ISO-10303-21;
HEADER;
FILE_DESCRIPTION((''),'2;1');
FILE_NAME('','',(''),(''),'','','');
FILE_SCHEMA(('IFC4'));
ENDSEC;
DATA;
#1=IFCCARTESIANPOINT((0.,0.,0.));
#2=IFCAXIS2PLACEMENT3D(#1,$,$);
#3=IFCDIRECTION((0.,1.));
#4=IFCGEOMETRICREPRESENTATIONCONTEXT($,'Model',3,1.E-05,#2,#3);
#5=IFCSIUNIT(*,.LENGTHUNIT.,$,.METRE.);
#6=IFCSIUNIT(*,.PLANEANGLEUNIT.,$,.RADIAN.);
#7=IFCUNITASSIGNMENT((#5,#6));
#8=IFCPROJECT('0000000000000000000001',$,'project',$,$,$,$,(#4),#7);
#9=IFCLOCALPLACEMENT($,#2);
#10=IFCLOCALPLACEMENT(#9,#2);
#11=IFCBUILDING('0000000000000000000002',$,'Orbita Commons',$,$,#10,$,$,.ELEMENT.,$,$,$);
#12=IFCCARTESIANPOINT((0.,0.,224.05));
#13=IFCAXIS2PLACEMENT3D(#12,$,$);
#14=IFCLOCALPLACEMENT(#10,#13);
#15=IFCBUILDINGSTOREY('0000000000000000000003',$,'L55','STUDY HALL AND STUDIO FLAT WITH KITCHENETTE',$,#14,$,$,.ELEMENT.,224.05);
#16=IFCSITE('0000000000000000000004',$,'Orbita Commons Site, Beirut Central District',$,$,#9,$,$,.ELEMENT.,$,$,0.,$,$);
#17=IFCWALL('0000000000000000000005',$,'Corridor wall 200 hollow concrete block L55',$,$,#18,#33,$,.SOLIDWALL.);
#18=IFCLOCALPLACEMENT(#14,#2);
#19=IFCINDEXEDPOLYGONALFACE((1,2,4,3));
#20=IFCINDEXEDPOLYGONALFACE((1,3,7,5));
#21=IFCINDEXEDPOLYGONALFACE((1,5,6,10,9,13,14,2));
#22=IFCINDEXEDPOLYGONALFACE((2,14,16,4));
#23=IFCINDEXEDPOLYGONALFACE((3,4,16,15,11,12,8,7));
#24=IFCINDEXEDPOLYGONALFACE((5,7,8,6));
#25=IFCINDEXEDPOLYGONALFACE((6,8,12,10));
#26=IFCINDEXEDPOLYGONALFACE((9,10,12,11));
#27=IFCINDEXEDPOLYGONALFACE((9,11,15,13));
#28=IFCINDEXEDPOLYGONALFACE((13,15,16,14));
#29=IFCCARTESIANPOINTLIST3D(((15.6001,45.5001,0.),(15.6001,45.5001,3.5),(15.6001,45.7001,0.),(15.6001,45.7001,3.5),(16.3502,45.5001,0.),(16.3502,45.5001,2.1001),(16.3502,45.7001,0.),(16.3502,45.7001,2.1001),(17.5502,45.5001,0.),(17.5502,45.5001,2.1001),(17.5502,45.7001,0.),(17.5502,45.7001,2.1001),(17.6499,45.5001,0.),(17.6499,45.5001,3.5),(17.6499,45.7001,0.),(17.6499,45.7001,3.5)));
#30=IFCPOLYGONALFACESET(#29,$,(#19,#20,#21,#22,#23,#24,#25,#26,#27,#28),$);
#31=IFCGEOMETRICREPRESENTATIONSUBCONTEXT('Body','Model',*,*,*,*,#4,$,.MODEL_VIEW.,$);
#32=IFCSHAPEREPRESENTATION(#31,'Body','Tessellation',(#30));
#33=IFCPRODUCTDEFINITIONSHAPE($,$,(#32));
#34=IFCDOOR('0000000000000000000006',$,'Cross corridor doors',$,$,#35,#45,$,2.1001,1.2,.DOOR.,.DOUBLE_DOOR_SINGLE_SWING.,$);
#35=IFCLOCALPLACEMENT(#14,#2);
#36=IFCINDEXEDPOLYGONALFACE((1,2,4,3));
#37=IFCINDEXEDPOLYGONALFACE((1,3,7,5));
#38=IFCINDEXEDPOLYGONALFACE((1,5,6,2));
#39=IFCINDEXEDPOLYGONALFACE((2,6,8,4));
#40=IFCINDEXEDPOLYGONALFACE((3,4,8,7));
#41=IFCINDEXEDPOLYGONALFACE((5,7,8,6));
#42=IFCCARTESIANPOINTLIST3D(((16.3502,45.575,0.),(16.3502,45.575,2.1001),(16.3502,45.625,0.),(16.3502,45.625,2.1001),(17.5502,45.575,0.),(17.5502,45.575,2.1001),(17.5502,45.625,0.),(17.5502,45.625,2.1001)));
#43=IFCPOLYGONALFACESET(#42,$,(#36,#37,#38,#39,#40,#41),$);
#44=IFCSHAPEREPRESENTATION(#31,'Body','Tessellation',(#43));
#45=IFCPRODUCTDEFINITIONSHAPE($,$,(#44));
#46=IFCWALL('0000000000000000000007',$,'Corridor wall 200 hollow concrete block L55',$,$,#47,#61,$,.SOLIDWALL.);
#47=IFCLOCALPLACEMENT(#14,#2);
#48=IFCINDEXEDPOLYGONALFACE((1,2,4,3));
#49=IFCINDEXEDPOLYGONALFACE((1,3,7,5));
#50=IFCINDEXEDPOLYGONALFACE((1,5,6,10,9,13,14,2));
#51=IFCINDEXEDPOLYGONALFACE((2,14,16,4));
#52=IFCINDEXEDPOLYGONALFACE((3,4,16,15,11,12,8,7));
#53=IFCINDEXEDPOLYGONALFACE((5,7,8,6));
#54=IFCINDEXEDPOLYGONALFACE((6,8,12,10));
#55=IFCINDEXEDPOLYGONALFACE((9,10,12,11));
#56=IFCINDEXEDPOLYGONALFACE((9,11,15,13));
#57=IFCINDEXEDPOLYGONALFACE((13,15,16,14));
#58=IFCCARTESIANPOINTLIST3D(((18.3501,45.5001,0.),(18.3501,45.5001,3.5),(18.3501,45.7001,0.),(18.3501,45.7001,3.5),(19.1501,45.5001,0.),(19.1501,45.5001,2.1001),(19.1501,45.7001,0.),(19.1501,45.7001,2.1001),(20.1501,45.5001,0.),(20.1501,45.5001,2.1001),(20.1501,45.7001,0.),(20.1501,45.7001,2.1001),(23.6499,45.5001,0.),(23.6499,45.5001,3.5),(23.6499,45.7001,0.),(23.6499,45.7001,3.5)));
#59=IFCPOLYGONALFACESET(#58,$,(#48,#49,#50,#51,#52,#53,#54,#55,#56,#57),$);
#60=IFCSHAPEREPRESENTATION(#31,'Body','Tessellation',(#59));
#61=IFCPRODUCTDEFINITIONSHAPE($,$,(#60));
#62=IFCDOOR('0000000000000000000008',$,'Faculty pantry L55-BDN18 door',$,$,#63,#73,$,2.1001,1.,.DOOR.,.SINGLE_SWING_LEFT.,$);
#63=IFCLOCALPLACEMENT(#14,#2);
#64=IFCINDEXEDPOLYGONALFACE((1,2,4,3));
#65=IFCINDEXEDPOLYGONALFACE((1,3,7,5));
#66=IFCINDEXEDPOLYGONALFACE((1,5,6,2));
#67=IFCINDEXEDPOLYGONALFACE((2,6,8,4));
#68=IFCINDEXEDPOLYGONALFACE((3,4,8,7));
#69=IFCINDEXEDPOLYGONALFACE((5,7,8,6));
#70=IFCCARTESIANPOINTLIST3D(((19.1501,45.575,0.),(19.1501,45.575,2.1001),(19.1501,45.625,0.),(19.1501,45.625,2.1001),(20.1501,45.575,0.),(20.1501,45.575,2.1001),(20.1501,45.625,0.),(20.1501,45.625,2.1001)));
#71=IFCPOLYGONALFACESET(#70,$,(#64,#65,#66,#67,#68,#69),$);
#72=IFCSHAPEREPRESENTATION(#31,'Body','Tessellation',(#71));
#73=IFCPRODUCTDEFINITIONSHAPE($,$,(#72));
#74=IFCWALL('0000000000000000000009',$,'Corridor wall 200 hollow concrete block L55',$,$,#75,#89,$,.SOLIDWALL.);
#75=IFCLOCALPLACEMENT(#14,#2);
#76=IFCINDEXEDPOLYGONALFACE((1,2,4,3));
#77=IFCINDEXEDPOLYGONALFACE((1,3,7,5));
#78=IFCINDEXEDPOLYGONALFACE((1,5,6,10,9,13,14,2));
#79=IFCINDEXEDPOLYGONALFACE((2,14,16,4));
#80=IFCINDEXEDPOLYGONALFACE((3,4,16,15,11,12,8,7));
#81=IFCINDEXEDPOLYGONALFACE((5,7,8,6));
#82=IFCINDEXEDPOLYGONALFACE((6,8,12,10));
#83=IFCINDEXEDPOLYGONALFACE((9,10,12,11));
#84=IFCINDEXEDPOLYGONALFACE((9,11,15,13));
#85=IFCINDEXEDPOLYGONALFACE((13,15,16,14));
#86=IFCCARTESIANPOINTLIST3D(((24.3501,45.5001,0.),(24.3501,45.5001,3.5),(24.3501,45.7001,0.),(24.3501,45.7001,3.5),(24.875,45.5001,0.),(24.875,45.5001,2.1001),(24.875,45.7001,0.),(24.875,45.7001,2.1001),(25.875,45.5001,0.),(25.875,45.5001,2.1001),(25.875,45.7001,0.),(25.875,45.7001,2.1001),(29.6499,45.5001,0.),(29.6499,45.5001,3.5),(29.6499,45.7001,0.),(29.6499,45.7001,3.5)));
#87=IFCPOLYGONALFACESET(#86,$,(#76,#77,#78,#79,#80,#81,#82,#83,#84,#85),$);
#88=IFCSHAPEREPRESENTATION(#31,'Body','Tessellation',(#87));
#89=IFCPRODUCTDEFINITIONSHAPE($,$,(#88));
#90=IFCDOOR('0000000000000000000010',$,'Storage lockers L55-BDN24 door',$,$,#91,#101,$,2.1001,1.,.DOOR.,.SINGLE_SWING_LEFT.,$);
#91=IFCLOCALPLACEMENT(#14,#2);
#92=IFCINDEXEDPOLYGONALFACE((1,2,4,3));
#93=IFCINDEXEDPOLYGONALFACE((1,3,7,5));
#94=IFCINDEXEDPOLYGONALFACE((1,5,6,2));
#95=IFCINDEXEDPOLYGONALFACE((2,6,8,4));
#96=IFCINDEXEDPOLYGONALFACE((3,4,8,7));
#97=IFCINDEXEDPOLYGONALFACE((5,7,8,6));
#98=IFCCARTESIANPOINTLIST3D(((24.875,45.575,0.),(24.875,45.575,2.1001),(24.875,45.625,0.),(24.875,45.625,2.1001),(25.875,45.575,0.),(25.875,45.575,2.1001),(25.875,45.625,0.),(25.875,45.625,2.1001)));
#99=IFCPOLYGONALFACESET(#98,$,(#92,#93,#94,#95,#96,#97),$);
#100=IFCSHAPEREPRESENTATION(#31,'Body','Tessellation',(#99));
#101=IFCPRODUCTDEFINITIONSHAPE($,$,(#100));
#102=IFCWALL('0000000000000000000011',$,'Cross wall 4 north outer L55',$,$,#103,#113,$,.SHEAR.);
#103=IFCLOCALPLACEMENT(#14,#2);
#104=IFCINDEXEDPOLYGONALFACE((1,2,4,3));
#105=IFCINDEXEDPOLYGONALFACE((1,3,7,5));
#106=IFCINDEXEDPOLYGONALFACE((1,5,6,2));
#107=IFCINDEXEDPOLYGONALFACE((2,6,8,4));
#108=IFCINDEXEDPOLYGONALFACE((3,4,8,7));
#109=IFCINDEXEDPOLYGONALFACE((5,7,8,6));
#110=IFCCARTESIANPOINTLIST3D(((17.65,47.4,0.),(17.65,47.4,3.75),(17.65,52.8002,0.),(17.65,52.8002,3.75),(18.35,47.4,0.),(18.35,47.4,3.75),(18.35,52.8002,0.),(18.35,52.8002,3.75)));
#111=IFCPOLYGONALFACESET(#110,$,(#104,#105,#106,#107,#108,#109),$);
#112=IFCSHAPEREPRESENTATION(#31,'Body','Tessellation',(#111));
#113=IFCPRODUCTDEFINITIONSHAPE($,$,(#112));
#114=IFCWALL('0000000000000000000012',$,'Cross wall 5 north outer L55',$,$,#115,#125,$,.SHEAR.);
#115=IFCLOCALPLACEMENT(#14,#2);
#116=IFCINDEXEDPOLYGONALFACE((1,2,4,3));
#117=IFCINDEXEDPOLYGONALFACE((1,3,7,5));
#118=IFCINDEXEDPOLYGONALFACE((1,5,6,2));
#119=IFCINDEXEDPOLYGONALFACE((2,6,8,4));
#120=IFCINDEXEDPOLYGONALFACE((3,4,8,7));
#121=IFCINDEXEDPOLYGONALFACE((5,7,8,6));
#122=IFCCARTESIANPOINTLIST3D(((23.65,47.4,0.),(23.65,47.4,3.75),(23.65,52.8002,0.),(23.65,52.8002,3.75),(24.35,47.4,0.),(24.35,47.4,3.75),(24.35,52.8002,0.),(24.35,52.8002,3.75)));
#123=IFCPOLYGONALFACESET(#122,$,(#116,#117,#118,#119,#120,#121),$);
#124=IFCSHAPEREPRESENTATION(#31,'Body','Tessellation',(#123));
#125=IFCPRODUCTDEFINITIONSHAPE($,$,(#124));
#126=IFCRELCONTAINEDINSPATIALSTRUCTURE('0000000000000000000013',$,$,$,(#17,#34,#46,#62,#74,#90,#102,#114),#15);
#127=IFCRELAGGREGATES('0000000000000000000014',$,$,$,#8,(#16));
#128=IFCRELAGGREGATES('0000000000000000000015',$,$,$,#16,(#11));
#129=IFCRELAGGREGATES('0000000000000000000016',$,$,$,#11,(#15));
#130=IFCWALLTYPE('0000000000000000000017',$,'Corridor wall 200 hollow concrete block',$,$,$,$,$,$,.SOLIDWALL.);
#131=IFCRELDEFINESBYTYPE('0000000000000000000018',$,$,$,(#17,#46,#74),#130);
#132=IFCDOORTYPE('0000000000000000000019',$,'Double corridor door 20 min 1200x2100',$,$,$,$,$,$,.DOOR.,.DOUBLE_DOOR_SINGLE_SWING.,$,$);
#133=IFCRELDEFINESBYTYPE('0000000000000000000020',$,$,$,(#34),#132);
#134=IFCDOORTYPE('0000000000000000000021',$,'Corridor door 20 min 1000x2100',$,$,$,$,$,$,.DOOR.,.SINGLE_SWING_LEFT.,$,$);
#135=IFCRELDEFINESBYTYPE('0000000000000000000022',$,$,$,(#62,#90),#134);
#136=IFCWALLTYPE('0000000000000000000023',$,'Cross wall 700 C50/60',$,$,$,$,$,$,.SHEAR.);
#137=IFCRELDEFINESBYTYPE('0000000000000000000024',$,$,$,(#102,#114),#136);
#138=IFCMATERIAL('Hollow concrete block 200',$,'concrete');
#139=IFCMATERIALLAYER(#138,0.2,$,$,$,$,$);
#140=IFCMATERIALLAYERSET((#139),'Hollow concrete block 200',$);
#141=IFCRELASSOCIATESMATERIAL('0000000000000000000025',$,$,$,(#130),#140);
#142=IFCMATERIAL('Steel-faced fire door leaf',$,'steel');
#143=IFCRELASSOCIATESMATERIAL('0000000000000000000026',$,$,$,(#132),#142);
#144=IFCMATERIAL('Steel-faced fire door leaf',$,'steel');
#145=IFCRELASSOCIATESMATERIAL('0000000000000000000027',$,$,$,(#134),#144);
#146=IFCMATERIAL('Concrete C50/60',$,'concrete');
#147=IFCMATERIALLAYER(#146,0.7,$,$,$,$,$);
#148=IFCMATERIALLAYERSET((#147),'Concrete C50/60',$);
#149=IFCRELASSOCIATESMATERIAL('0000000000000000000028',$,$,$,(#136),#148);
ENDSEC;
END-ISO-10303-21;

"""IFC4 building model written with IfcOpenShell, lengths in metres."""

from ifc_helpers import new_model, si_unit, direction, frame, frame_2d, origin, place, context, subcontext, project, spatial, rectangle, extrude, material, layer, layer_set, type_object, element, fill, save


model = new_model("IFC4")

# Units and contexts
model_context = context("Model", 3, precision=1e-05, world=origin(), true_north=direction((0.0, 1.0)))
body_context = subcontext(model_context, "Body", "Model", "MODEL_VIEW")
ifc_project = project(units=[si_unit("LENGTHUNIT", "METRE"), si_unit("PLANEANGLEUNIT", "RADIAN")], contexts=[model_context])

# Site, building, storey
site_placement = place(None, origin())
site = spatial("IfcSite", under=ifc_project, at=site_placement, Name="Orbita Commons Site, Beirut Central District", CompositionType="ELEMENT", RefElevation=0.0)
building_placement = place(site_placement, origin())
building = spatial("IfcBuilding", under=site, at=building_placement, Name="Orbita Commons", CompositionType="ELEMENT")
storey_placement = place(building_placement, frame((0.0, 0.0, 224.05)))
storey = spatial("IfcBuildingStorey", under=building, at=storey_placement, Name="L55", Description="STUDY HALL AND STUDIO FLAT WITH KITCHENETTE", CompositionType="ELEMENT", Elevation=224.05)

# Walls, openings, doors
ifc_material_1 = material(Name="Hollow concrete block 200", Category="concrete")
ifc_layer_1 = layer(ifc_material_1, 0.2)
ifc_layer_set_1 = layer_set([ifc_layer_1], Name="Hollow concrete block 200")
wall_type_1 = type_object("IfcWallType", Name="Corridor wall 200 hollow concrete block", PredefinedType="SOLIDWALL", material=ifc_layer_set_1)
wall_1_placement = place(storey_placement, frame((15.6001, 45.6001, 0.0), z_axis=(0.0, 0.0, 1.0), x_axis=(1.0, 0.0, 0.0)))
wall_1 = element("IfcWall", 1, at=wall_1_placement, inside=storey, type_object=wall_type_1, Name="Corridor wall 200 hollow concrete block L55", PredefinedType="SOLIDWALL", context=body_context, shape_type="SweptSolid", body=[
    extrude(rectangle(XDim=2.0498, YDim=0.2, at=frame_2d((1.0249, 0.0))), origin(), (0.0, 0.0, 1.0), 3.5),
])
opening_1_placement = place(wall_1_placement, frame((0.75, 0.0, 0.0)))
opening_1 = element("IfcOpeningElement", 2, at=opening_1_placement, cuts=wall_1, PredefinedType="OPENING", context=body_context, shape_type="SweptSolid", body=[
    extrude(rectangle(XDim=1.2, YDim=2.1001, at=frame_2d((0.6001, 1.05))), frame((0.0, 0.1099, 0.0), z_axis=(0.0, -1.0, 0.0), x_axis=(1.0, 0.0, 0.0)), (0.0, 0.0, 1.0), 0.22),
])
ifc_material_2 = material(Name="Steel-faced fire door leaf", Category="steel")
door_type_1 = type_object("IfcDoorType", Name="Double corridor door 20 min 1200x2100", OperationType="DOUBLE_DOOR_SINGLE_SWING", PredefinedType="DOOR", material=ifc_material_2)
door_1_placement = place(opening_1_placement, origin())
door_1 = element("IfcDoor", 3, at=door_1_placement, inside=storey, type_object=door_type_1, Name="Cross corridor doors", OperationType="DOUBLE_DOOR_SINGLE_SWING", OverallHeight=2.1001, OverallWidth=1.2, PredefinedType="DOOR", context=body_context, shape_type="SweptSolid", body=[
    extrude(rectangle(XDim=1.2, YDim=2.1001, at=frame_2d((0.6001, 1.05))), frame((0.0, 0.0249, 0.0), z_axis=(0.0, -1.0, 0.0), x_axis=(1.0, 0.0, 0.0)), (0.0, 0.0, 1.0), 0.05),
])
fill(opening_1, door_1)
wall_2_placement = place(storey_placement, frame((18.3501, 45.6001, 0.0), z_axis=(0.0, 0.0, 1.0), x_axis=(1.0, 0.0, 0.0)))
wall_2 = element("IfcWall", 4, at=wall_2_placement, inside=storey, type_object=wall_type_1, Name="Corridor wall 200 hollow concrete block L55", PredefinedType="SOLIDWALL", context=body_context, shape_type="SweptSolid", body=[
    extrude(rectangle(XDim=5.2998, YDim=0.2, at=frame_2d((2.6499, 0.0))), origin(), (0.0, 0.0, 1.0), 3.5),
])
opening_2_placement = place(wall_2_placement, frame((0.8, 0.0, 0.0)))
opening_2 = element("IfcOpeningElement", 5, at=opening_2_placement, cuts=wall_2, PredefinedType="OPENING", context=body_context, shape_type="SweptSolid", body=[
    extrude(rectangle(XDim=1.0, YDim=2.1001, at=frame_2d((0.5, 1.05))), frame((0.0, 0.1099, 0.0), z_axis=(0.0, -1.0, 0.0), x_axis=(1.0, 0.0, 0.0)), (0.0, 0.0, 1.0), 0.22),
])
ifc_material_3 = material(Name="Steel-faced fire door leaf", Category="steel")
door_type_2 = type_object("IfcDoorType", Name="Corridor door 20 min 1000x2100", OperationType="SINGLE_SWING_LEFT", PredefinedType="DOOR", material=ifc_material_3)
door_2_placement = place(opening_2_placement, origin())
door_2 = element("IfcDoor", 6, at=door_2_placement, inside=storey, type_object=door_type_2, Name="Faculty pantry L55-BDN18 door", OperationType="SINGLE_SWING_LEFT", OverallHeight=2.1001, OverallWidth=1.0, PredefinedType="DOOR", context=body_context, shape_type="SweptSolid", body=[
    extrude(rectangle(XDim=1.0, YDim=2.1001, at=frame_2d((0.5, 1.05))), frame((0.0, 0.0249, 0.0), z_axis=(0.0, -1.0, 0.0), x_axis=(1.0, 0.0, 0.0)), (0.0, 0.0, 1.0), 0.05),
])
fill(opening_2, door_2)
wall_3_placement = place(storey_placement, frame((24.3501, 45.6001, 0.0), z_axis=(0.0, 0.0, 1.0), x_axis=(1.0, 0.0, 0.0)))
wall_3 = element("IfcWall", 7, at=wall_3_placement, inside=storey, type_object=wall_type_1, Name="Corridor wall 200 hollow concrete block L55", PredefinedType="SOLIDWALL", context=body_context, shape_type="SweptSolid", body=[
    extrude(rectangle(XDim=5.2998, YDim=0.2, at=frame_2d((2.6499, 0.0))), origin(), (0.0, 0.0, 1.0), 3.5),
])
opening_3_placement = place(wall_3_placement, frame((0.5249, 0.0, 0.0)))
opening_3 = element("IfcOpeningElement", 8, at=opening_3_placement, cuts=wall_3, PredefinedType="OPENING", context=body_context, shape_type="SweptSolid", body=[
    extrude(rectangle(XDim=1.0, YDim=2.1001, at=frame_2d((0.5, 1.05))), frame((0.0, 0.1099, 0.0), z_axis=(0.0, -1.0, 0.0), x_axis=(1.0, 0.0, 0.0)), (0.0, 0.0, 1.0), 0.22),
])
door_3_placement = place(opening_3_placement, origin())
door_3 = element("IfcDoor", 9, at=door_3_placement, inside=storey, type_object=door_type_2, Name="Storage lockers L55-BDN24 door", OperationType="SINGLE_SWING_LEFT", OverallHeight=2.1001, OverallWidth=1.0, PredefinedType="DOOR", context=body_context, shape_type="SweptSolid", body=[
    extrude(rectangle(XDim=1.0, YDim=2.1001, at=frame_2d((0.5, 1.05))), frame((0.0, 0.0249, 0.0), z_axis=(0.0, -1.0, 0.0), x_axis=(1.0, 0.0, 0.0)), (0.0, 0.0, 1.0), 0.05),
])
fill(opening_3, door_3)

# Walls
ifc_material_4 = material(Name="Concrete C50/60", Category="concrete")
ifc_layer_2 = layer(ifc_material_4, 0.7)
ifc_layer_set_2 = layer_set([ifc_layer_2], Name="Concrete C50/60")
wall_type_2 = type_object("IfcWallType", Name="Cross wall 700 C50/60", PredefinedType="SHEAR", material=ifc_layer_set_2)
for number, where, z_axis, x_axis, name in (
    (10, (18.0, 47.3999, 0.0), (0.0, 0.0, 1.0), (0.0, 1.0, 0.0), "Cross wall 4 north outer L55"),
    (11, (24.0, 47.3999, 0.0), (0.0, 0.0, 1.0), (0.0, 1.0, 0.0), "Cross wall 5 north outer L55"),
):
    element("IfcWall", number, at=place(storey_placement, frame(where, z_axis=z_axis, x_axis=x_axis)), inside=storey, type_object=wall_type_2, Name=name, PredefinedType="SHEAR", context=body_context, shape_type="SweptSolid", body=[
        extrude(rectangle(XDim=5.4001, YDim=0.7, at=frame_2d((2.7002, 0.0))), origin(), (0.0, 0.0, 1.0), 3.75),
    ])

save(model, "model.ifc")
